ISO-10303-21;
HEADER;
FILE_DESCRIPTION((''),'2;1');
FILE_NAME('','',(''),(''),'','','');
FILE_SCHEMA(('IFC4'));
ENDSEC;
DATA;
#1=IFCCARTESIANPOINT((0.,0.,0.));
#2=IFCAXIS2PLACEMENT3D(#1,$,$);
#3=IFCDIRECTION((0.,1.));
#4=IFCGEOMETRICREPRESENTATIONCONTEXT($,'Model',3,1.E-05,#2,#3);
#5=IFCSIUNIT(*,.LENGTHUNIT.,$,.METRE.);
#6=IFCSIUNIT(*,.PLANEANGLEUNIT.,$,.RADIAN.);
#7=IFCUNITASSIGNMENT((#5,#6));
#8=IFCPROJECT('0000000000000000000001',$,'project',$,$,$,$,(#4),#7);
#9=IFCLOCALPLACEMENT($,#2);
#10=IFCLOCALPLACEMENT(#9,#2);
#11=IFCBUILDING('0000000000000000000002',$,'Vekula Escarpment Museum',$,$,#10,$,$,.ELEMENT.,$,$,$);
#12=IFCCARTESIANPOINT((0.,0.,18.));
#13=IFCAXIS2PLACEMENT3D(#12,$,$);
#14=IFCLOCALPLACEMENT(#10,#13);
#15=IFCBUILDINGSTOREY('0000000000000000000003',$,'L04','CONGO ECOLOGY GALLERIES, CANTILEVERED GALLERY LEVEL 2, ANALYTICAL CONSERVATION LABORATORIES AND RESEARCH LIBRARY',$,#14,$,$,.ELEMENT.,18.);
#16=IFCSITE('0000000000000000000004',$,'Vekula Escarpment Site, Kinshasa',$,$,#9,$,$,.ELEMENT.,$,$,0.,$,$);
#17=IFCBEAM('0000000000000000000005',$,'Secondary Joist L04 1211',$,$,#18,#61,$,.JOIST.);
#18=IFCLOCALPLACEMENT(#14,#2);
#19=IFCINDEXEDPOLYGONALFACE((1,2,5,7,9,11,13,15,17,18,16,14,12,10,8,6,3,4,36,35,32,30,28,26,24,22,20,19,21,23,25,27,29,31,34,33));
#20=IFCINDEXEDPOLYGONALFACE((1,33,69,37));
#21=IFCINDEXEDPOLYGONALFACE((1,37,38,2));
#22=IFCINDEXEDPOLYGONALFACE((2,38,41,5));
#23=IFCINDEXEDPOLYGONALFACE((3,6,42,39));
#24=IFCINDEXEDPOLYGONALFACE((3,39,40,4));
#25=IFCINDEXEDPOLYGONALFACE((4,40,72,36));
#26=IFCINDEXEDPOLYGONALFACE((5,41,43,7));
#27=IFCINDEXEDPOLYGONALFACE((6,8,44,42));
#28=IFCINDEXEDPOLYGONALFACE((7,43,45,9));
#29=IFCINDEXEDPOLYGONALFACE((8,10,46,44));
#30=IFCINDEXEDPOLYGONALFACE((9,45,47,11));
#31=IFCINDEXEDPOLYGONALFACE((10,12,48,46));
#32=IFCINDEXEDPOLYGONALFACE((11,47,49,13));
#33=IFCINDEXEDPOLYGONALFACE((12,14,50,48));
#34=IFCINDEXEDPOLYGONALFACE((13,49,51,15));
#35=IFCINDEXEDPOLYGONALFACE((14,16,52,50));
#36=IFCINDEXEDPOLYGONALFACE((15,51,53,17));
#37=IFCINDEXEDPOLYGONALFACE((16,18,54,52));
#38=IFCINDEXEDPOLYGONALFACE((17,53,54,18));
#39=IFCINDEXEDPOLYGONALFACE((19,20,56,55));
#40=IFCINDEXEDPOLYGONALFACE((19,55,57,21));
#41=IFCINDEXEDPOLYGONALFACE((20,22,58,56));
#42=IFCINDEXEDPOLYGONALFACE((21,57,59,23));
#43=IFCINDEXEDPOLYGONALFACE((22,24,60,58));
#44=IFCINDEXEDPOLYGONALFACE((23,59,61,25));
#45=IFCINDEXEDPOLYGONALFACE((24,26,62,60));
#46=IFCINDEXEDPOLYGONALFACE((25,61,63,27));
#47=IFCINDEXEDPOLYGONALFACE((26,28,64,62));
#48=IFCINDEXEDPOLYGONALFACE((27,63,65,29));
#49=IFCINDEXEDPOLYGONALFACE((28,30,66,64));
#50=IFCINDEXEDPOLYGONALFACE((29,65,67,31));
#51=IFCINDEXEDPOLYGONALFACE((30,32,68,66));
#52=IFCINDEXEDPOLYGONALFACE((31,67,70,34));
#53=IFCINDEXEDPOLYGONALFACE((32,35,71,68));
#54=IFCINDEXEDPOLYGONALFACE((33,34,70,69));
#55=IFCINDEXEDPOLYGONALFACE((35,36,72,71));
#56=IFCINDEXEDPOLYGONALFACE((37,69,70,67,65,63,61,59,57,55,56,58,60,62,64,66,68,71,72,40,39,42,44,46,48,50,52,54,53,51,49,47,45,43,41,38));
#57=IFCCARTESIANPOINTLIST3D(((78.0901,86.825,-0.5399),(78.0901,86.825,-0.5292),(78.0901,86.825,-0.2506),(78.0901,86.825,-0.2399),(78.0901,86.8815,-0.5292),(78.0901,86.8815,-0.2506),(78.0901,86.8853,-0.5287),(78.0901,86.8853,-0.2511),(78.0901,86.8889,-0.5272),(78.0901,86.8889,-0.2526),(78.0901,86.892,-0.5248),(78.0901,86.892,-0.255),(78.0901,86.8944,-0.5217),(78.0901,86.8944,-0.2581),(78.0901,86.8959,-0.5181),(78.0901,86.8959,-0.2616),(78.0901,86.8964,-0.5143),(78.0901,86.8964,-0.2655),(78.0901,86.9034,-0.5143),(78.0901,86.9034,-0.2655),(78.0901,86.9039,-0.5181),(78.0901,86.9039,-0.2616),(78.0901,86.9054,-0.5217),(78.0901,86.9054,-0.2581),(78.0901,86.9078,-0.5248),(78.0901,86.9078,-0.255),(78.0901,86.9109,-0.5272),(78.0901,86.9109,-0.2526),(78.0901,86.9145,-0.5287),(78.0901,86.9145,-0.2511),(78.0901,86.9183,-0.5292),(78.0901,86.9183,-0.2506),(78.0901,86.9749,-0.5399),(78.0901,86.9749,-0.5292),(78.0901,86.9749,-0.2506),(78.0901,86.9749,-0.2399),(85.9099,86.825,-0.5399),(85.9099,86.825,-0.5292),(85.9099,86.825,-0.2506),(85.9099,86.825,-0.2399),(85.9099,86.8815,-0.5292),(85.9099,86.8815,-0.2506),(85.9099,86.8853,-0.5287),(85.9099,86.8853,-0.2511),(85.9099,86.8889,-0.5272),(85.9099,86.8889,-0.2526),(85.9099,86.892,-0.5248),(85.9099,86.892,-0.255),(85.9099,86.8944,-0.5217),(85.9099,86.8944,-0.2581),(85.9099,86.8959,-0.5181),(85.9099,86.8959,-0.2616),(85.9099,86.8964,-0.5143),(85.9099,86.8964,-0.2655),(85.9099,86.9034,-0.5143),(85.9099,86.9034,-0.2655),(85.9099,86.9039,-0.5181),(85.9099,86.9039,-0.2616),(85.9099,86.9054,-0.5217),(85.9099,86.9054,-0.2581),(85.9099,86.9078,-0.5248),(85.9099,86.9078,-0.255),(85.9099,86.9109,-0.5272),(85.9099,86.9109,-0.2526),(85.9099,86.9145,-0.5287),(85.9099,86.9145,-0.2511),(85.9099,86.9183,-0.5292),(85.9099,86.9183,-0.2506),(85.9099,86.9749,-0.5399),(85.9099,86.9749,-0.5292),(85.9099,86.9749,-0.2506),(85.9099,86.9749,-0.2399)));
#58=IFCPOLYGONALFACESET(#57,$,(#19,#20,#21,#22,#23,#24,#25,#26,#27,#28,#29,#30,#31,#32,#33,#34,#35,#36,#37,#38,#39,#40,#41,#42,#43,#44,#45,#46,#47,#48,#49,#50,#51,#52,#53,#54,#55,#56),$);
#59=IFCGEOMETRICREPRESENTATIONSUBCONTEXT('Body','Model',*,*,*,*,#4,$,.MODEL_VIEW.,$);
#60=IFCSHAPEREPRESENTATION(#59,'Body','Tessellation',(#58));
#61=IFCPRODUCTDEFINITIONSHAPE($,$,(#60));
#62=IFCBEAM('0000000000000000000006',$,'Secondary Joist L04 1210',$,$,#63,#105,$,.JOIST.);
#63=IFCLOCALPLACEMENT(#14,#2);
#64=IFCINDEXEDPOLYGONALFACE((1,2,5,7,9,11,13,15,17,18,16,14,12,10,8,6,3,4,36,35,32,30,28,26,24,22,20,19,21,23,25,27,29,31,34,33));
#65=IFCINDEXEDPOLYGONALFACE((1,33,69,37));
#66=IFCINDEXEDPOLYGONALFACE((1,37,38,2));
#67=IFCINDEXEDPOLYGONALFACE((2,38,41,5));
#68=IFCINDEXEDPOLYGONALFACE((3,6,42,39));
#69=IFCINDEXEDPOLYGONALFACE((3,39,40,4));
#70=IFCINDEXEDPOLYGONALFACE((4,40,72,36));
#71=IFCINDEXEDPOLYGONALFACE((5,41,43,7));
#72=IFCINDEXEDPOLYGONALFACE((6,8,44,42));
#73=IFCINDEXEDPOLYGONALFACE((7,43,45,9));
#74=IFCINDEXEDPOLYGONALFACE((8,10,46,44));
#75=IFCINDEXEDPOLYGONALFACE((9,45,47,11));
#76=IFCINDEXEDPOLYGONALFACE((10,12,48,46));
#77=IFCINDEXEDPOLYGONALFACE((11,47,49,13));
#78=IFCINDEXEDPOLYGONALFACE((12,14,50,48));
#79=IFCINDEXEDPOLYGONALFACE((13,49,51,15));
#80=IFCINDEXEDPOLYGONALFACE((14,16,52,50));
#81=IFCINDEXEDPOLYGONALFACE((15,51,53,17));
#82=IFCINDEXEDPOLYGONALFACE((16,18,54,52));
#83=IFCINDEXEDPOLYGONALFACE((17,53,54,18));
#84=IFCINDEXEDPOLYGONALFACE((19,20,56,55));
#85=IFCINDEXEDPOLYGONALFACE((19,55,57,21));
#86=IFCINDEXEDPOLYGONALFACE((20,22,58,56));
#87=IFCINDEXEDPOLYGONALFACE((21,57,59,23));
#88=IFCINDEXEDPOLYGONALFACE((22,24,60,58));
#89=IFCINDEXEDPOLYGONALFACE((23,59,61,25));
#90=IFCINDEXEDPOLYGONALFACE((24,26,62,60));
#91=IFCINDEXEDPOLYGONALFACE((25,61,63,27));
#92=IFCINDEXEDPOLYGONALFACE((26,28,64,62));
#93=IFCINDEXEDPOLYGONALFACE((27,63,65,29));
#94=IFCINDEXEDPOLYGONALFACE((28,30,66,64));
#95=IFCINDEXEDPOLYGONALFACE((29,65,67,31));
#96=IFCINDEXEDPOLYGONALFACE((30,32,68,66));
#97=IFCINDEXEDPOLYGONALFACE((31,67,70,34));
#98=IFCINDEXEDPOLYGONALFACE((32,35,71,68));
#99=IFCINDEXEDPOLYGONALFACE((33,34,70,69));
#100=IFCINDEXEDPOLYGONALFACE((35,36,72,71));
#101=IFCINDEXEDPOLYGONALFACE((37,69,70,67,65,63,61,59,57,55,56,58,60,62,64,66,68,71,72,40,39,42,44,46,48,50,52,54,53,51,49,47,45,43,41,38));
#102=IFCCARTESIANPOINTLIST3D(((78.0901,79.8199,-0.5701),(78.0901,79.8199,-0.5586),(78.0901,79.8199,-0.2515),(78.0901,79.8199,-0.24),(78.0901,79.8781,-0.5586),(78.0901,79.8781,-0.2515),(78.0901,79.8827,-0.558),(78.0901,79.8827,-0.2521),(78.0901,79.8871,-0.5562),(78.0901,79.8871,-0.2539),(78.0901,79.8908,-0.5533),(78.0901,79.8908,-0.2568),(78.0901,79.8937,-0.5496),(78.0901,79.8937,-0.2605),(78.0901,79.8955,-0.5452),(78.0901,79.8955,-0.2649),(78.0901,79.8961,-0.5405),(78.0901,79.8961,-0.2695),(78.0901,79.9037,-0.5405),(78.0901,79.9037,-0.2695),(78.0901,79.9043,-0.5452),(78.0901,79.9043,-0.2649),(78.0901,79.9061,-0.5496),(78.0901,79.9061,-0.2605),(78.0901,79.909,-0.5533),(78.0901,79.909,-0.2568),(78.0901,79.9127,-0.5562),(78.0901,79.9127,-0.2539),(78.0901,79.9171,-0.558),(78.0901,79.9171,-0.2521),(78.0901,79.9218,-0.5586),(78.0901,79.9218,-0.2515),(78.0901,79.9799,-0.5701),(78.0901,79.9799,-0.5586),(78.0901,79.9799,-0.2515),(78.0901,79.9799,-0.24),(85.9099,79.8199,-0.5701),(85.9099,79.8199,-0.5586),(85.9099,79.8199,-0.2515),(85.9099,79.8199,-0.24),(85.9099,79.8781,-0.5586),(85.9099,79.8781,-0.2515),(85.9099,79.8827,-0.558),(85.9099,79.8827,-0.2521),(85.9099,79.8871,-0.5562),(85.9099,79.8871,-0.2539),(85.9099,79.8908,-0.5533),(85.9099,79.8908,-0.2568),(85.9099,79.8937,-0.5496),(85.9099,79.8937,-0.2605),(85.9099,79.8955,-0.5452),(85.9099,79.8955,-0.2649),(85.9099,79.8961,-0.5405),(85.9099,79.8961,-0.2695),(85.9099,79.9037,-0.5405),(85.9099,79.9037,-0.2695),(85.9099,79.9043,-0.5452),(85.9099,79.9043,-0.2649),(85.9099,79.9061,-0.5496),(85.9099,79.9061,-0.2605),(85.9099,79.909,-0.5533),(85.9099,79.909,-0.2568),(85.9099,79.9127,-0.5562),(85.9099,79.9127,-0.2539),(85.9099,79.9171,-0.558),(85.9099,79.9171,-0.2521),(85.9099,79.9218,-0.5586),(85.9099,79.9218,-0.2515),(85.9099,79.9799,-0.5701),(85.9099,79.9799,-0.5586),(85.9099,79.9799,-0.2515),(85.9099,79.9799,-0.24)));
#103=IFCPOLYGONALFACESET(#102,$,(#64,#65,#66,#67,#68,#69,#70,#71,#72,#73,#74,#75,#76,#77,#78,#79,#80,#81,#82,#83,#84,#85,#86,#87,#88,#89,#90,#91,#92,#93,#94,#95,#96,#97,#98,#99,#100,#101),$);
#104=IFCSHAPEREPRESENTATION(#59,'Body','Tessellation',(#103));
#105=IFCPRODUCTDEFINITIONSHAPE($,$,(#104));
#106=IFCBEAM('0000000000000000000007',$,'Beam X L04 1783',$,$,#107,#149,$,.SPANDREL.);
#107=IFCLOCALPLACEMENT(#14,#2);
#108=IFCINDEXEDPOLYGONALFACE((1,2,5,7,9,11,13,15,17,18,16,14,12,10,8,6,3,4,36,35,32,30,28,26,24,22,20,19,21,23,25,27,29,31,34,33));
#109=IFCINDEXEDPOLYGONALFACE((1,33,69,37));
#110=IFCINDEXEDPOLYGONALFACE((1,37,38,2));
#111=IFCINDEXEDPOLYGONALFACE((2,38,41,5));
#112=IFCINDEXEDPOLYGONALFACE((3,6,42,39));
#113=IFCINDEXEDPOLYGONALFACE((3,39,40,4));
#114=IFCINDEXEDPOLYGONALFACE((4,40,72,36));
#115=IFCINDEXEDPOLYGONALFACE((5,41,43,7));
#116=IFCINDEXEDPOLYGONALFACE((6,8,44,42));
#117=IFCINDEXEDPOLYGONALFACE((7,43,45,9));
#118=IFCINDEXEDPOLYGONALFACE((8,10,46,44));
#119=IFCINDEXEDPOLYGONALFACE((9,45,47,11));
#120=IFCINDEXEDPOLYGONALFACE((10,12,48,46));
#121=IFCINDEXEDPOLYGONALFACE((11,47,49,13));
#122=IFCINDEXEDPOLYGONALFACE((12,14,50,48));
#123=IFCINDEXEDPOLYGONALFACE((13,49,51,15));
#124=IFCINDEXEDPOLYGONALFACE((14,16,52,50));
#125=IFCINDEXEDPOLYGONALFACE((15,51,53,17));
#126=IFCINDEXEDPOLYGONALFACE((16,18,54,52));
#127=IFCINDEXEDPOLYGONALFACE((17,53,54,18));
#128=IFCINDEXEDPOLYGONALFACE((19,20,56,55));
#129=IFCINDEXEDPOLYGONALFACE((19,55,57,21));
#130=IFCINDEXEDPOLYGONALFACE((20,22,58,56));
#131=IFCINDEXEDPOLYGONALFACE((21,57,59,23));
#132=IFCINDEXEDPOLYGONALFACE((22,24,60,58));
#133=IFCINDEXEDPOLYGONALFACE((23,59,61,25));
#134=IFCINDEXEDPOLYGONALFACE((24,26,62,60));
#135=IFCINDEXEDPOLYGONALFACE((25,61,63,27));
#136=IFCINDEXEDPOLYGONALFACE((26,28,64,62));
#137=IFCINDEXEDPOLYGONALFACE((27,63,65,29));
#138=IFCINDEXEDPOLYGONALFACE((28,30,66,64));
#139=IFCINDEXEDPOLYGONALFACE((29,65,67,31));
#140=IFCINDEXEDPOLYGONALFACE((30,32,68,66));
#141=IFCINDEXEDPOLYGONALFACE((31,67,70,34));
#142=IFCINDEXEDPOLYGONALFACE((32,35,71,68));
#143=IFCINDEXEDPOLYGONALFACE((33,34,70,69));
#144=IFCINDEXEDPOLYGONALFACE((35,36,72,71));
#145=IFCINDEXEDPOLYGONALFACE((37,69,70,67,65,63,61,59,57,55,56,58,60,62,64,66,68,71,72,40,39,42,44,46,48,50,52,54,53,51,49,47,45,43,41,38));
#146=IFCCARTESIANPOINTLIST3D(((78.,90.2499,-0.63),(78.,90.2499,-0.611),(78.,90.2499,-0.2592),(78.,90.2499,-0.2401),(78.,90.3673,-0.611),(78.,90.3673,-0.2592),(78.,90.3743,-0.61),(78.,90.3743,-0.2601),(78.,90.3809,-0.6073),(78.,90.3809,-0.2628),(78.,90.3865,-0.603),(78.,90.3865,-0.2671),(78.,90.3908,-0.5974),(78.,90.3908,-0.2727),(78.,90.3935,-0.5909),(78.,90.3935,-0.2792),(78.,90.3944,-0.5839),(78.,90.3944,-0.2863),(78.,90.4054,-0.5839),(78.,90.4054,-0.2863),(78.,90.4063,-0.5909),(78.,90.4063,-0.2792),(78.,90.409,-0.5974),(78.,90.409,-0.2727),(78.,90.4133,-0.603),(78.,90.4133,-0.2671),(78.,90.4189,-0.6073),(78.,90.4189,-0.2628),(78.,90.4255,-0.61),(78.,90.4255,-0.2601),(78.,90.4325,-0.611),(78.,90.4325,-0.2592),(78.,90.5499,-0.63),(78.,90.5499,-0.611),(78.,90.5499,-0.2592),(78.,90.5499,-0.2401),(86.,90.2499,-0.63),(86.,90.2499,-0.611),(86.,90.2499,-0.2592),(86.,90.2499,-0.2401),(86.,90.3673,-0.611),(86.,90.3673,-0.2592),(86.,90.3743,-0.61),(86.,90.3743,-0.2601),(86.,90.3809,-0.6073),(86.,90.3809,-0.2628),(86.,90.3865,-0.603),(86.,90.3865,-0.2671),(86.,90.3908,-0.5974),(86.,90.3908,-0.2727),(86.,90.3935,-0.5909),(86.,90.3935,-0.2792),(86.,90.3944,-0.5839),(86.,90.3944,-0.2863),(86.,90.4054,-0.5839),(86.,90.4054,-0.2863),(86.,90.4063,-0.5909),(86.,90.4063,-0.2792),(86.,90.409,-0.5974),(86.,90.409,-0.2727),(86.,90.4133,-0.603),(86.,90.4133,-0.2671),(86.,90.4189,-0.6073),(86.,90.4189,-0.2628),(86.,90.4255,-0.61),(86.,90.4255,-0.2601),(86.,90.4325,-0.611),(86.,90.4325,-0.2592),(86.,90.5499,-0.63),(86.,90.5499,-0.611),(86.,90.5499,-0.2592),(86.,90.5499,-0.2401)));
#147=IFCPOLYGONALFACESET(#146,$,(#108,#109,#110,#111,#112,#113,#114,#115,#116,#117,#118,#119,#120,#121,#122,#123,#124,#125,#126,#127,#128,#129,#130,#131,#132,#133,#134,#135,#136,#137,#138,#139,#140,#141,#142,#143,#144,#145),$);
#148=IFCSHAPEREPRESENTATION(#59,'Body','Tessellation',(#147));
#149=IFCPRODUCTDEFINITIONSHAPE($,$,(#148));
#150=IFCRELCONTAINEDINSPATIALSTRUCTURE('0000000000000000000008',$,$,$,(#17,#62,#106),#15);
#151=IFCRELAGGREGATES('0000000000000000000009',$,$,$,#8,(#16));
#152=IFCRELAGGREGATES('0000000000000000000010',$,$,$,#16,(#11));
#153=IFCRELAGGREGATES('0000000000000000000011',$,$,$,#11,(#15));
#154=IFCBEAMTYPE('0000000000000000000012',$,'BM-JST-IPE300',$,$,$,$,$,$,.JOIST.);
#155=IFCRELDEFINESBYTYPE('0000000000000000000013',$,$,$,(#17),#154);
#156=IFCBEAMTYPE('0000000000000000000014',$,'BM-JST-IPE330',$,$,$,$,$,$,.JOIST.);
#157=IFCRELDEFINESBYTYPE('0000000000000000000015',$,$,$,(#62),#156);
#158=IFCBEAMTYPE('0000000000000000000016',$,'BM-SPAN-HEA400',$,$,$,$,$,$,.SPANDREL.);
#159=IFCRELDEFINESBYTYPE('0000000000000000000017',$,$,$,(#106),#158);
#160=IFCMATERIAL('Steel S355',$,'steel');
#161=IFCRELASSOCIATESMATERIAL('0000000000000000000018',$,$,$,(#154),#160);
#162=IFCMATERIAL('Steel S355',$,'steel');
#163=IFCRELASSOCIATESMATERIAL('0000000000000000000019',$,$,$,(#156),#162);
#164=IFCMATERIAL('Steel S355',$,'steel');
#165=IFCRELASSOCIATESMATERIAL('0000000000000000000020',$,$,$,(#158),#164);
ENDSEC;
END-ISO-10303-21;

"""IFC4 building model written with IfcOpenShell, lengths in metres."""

from ifc_helpers import new_model, si_unit, direction, frame, origin, origin_2d, place, context, subcontext, project, spatial, i_section, extrude, material, material_profile, profile_set, type_object, element, save


model = new_model("IFC4")

# Units and contexts
model_context = context("Model", 3, precision=1e-05, world=origin(), true_north=direction((0.0, 1.0)))
body_context = subcontext(model_context, "Body", "Model", "MODEL_VIEW")
ifc_project = project(units=[si_unit("LENGTHUNIT", "METRE"), si_unit("PLANEANGLEUNIT", "RADIAN")], contexts=[model_context])

# Site, building, storey
site_placement = place(None, origin())
site = spatial("IfcSite", under=ifc_project, at=site_placement, Name="Vekula Escarpment Site, Kinshasa", CompositionType="ELEMENT", RefElevation=0.0)
building_placement = place(site_placement, origin())
building = spatial("IfcBuilding", under=site, at=building_placement, Name="Vekula Escarpment Museum", CompositionType="ELEMENT")
storey_placement = place(building_placement, frame((0.0, 0.0, 18.0)))
storey = spatial("IfcBuildingStorey", under=building, at=storey_placement, Name="L04", Description="CONGO ECOLOGY GALLERIES, CANTILEVERED GALLERY LEVEL 2, ANALYTICAL CONSERVATION LABORATORIES AND RESEARCH LIBRARY", CompositionType="ELEMENT", Elevation=18.0)

# Beams
ifc_material_1 = material(Name="Steel S355", Category="steel")
ifc_material_profile_1 = material_profile(ifc_material_1, i_section(OverallWidth=0.1499, OverallDepth=0.3, WebThickness=0.0071, FlangeThickness=0.0107, FilletRadius=0.0149, at=origin_2d()), Name="IPE 300")
ifc_profile_set_1 = profile_set([ifc_material_profile_1], Name="Steel S355")
beam_type_1 = type_object("IfcBeamType", Name="BM-JST-IPE300", PredefinedType="JOIST", material=ifc_profile_set_1)
beam_1_placement = place(storey_placement, frame((78.0901, 86.8999, -0.3899), z_axis=(1.0, 0.0, 0.0), x_axis=(0.0, 1.0, 0.0)))
element("IfcBeam", 1, at=beam_1_placement, inside=storey, type_object=beam_type_1, Name="Secondary Joist L04 1211", PredefinedType="JOIST", context=body_context, shape_type="SweptSolid", body=[
    extrude(i_section(OverallWidth=0.1499, OverallDepth=0.3, WebThickness=0.0071, FlangeThickness=0.0107, FilletRadius=0.0149, at=origin_2d()), origin(), (0.0, 0.0, 1.0), 7.8198),
])
ifc_material_2 = material(Name="Steel S355", Category="steel")
ifc_material_profile_2 = material_profile(ifc_material_2, i_section(OverallWidth=0.1599, OverallDepth=0.3301, WebThickness=0.0076, FlangeThickness=0.0115, FilletRadius=0.0181, at=origin_2d()), Name="IPE 330")
ifc_profile_set_2 = profile_set([ifc_material_profile_2], Name="Steel S355")
beam_type_2 = type_object("IfcBeamType", Name="BM-JST-IPE330", PredefinedType="JOIST", material=ifc_profile_set_2)
beam_2_placement = place(storey_placement, frame((78.0901, 79.8999, -0.405), z_axis=(1.0, 0.0, 0.0), x_axis=(0.0, 1.0, 0.0)))
element("IfcBeam", 2, at=beam_2_placement, inside=storey, type_object=beam_type_2, Name="Secondary Joist L04 1210", PredefinedType="JOIST", context=body_context, shape_type="SweptSolid", body=[
    extrude(i_section(OverallWidth=0.1599, OverallDepth=0.3301, WebThickness=0.0076, FlangeThickness=0.0115, FilletRadius=0.0181, at=origin_2d()), origin(), (0.0, 0.0, 1.0), 7.8198),
])
ifc_material_3 = material(Name="Steel S355", Category="steel")
ifc_material_profile_3 = material_profile(ifc_material_3, i_section(OverallWidth=0.3, OverallDepth=0.3899, WebThickness=0.011, FlangeThickness=0.019, FilletRadius=0.0271, at=origin_2d()), Name="HEA 400")
ifc_profile_set_3 = profile_set([ifc_material_profile_3], Name="Steel S355")
beam_type_3 = type_object("IfcBeamType", Name="BM-SPAN-HEA400", PredefinedType="SPANDREL", material=ifc_profile_set_3)
beam_3_placement = place(storey_placement, frame((78.0, 90.3999, -0.4351), z_axis=(1.0, 0.0, 0.0), x_axis=(0.0, 1.0, 0.0)))
element("IfcBeam", 3, at=beam_3_placement, inside=storey, type_object=beam_type_3, Name="Beam X L04 1783", PredefinedType="SPANDREL", context=body_context, shape_type="SweptSolid", body=[
    extrude(i_section(OverallWidth=0.3, OverallDepth=0.3899, WebThickness=0.011, FlangeThickness=0.019, FilletRadius=0.0271, at=origin_2d()), origin(), (0.0, 0.0, 1.0), 8.0),
])

save(model, "model.ifc")
